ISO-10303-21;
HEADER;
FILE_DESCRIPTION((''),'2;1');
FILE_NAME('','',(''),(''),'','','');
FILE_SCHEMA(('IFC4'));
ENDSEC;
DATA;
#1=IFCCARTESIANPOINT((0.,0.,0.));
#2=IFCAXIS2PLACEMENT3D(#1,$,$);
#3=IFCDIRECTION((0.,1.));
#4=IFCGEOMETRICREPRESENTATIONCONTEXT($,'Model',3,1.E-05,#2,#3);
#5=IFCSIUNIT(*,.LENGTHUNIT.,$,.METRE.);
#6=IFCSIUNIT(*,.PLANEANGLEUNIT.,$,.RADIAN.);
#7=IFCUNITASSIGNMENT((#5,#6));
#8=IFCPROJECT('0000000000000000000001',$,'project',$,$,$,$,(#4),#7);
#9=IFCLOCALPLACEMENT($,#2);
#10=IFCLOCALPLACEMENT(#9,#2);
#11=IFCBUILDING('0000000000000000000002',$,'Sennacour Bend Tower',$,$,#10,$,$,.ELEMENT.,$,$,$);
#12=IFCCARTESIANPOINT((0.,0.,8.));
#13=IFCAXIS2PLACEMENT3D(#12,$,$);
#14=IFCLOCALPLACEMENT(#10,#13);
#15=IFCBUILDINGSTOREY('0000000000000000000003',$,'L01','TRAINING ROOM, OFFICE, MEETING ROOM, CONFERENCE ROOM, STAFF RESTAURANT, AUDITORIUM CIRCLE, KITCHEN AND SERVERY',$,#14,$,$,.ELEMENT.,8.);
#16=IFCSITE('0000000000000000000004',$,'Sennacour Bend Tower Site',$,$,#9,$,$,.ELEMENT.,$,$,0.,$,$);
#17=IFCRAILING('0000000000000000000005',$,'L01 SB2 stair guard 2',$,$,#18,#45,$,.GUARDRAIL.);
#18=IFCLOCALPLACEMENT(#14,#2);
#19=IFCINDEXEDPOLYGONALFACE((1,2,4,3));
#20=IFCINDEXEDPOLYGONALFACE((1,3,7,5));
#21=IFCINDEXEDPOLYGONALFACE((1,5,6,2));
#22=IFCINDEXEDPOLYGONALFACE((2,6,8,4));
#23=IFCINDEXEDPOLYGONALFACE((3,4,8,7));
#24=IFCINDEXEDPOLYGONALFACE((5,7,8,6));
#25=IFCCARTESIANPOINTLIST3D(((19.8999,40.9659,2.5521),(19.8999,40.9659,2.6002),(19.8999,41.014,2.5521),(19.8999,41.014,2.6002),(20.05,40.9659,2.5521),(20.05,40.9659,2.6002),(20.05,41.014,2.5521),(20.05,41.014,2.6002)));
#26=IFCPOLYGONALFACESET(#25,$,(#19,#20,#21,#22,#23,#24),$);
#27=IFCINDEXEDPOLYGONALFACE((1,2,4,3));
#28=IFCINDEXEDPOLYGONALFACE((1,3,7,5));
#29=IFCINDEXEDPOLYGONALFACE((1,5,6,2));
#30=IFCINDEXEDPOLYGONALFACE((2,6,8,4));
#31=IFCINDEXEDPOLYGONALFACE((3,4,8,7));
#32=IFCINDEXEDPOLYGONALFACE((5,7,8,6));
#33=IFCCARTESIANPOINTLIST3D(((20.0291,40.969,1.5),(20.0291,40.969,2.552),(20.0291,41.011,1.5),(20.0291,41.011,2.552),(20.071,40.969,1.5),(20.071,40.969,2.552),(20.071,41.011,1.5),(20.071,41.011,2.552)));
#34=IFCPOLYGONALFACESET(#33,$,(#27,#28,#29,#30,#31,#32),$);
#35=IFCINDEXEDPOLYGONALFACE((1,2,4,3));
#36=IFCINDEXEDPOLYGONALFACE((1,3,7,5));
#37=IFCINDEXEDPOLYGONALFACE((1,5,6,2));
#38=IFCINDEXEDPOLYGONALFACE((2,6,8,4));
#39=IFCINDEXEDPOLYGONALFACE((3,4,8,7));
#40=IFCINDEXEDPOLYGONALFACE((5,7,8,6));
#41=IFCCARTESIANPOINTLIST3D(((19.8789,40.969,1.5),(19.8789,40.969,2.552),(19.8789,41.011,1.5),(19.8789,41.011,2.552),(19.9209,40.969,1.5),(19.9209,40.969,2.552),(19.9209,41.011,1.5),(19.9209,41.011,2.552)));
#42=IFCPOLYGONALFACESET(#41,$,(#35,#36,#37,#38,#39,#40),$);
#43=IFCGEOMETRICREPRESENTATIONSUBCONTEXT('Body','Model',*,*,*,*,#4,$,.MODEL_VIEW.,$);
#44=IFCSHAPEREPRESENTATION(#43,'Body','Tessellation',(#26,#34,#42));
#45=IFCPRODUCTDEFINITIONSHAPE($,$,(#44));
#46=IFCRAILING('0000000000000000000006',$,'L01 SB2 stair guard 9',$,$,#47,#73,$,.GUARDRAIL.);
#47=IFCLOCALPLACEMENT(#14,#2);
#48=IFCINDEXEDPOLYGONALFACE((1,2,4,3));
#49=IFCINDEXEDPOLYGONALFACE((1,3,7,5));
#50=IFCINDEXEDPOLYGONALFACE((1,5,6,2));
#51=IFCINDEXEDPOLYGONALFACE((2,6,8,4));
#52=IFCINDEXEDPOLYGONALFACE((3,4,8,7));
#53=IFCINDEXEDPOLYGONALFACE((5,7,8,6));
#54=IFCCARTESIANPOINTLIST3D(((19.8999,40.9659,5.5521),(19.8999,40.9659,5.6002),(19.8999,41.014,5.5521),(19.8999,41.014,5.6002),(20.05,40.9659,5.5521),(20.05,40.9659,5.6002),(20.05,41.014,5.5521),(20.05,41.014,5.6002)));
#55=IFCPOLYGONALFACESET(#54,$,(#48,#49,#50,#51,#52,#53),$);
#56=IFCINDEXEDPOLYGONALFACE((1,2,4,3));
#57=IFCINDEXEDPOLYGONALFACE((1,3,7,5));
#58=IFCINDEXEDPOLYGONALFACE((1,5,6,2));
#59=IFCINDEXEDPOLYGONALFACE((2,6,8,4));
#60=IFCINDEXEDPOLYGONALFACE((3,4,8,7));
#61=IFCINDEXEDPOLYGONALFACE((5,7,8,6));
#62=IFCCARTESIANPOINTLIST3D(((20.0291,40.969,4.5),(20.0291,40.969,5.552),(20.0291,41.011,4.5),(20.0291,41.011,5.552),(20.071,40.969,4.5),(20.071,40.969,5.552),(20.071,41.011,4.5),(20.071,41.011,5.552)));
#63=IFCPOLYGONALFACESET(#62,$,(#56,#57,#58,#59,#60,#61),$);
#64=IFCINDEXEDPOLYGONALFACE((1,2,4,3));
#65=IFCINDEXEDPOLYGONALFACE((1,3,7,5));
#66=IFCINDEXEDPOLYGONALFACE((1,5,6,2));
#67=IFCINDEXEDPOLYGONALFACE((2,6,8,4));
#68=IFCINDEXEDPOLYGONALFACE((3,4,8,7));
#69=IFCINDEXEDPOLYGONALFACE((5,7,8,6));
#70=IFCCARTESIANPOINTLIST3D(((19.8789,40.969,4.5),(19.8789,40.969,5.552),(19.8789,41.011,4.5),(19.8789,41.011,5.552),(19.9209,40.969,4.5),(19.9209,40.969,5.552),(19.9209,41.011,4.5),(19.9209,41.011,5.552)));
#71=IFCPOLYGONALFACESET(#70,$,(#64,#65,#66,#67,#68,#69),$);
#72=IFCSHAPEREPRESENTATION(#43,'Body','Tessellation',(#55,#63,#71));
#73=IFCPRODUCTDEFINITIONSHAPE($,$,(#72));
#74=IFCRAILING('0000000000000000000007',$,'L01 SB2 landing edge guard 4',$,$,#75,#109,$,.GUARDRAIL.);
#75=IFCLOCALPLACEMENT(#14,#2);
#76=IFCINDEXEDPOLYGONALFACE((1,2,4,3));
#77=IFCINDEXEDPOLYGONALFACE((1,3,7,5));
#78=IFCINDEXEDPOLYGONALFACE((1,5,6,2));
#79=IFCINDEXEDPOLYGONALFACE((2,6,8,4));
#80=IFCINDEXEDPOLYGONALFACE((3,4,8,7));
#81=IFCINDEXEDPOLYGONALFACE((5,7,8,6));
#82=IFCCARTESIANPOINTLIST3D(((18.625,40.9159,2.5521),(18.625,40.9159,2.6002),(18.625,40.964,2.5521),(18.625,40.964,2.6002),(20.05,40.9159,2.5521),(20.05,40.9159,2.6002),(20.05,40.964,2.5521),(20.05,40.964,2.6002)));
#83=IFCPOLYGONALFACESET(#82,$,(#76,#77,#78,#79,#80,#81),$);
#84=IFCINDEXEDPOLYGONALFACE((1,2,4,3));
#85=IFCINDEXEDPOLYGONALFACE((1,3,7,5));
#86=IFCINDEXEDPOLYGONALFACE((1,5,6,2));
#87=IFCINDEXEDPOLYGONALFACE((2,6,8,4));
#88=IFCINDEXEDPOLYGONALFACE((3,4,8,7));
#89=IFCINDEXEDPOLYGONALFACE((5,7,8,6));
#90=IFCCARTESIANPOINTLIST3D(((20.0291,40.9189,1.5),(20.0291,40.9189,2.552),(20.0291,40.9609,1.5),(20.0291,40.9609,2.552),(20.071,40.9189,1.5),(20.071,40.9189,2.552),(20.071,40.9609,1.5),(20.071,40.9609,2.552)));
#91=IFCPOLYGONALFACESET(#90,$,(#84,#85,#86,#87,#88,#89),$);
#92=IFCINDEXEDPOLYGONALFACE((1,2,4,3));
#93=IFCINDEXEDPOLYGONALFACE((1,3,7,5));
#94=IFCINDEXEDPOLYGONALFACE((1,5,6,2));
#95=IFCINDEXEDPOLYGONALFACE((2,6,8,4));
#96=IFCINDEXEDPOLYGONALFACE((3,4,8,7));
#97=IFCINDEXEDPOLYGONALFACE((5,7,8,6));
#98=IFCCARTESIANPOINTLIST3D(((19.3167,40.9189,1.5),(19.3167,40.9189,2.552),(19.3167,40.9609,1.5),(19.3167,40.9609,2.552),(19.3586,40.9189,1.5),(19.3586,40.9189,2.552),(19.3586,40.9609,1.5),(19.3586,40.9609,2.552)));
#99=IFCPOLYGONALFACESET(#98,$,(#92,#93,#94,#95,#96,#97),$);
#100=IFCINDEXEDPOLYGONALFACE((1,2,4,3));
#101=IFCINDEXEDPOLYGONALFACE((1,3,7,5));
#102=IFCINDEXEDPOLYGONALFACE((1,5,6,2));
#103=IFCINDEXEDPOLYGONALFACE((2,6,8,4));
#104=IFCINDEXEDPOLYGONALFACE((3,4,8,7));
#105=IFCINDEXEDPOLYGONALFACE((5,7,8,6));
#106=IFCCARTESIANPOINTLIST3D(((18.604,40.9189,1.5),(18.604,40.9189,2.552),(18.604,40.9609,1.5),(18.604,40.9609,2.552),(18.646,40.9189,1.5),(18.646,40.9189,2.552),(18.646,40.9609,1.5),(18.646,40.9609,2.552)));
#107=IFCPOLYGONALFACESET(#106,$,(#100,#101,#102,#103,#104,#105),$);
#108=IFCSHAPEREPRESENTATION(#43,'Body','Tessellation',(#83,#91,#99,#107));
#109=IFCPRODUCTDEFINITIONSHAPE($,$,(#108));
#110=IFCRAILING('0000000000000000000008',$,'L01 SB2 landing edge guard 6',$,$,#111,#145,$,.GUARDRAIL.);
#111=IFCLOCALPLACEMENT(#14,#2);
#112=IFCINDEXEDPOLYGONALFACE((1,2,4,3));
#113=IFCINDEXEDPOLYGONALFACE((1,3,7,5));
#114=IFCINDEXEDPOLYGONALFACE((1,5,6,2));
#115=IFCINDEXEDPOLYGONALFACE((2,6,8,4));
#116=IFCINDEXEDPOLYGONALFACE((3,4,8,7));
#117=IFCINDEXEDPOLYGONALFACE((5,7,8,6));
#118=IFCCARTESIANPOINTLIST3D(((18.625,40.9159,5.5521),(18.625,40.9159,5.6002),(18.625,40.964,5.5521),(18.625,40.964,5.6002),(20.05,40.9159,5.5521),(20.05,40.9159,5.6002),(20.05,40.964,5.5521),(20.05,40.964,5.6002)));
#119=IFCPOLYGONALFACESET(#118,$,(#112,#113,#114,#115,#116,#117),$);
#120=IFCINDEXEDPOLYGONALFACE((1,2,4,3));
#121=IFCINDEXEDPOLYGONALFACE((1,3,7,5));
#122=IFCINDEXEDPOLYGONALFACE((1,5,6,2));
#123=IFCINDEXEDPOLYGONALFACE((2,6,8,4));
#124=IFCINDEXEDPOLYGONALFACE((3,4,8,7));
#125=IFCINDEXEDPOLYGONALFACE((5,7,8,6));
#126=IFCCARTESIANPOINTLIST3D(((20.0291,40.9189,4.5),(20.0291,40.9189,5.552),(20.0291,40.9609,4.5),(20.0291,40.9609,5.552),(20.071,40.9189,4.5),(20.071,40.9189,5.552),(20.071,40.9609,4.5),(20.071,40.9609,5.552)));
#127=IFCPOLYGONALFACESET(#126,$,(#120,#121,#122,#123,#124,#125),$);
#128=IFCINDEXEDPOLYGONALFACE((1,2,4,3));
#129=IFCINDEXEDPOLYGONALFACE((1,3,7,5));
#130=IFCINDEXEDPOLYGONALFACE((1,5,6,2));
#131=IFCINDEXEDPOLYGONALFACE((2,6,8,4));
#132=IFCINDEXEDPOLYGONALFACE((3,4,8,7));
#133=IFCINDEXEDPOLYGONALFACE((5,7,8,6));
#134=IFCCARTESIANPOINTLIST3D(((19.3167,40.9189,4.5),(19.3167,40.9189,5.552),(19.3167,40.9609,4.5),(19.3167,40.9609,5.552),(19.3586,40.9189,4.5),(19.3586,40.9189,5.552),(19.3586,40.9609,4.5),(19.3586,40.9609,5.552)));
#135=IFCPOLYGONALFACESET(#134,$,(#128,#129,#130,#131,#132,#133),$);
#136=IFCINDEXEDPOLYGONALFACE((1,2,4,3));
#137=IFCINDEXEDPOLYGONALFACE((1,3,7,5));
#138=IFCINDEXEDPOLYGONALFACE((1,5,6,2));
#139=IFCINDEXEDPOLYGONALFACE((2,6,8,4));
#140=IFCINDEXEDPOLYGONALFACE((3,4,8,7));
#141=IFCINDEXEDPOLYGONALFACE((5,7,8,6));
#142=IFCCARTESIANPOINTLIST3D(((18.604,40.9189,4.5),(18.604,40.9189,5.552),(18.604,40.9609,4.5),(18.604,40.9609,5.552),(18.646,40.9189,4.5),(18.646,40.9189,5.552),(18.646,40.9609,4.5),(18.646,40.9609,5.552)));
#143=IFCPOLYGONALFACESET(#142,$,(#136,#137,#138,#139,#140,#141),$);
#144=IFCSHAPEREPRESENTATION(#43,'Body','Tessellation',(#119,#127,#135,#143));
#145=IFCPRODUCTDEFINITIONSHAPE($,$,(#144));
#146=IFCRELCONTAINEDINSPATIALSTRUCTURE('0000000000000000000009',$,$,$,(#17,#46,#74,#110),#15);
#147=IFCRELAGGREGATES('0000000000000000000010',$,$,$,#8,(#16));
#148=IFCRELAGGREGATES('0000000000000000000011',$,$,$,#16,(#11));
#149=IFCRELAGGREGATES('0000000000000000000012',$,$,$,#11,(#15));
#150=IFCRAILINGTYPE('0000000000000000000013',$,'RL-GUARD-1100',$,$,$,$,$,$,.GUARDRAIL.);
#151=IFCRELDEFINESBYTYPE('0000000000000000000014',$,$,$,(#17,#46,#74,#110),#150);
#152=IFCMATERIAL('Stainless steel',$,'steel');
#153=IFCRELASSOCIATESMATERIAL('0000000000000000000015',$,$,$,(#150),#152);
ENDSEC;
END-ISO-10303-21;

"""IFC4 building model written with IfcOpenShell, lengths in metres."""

from ifc_helpers import new_model, si_unit, direction, frame, origin, origin_2d, place, context, subcontext, project, spatial, rectangle, extrude, material, type_object, element, save


model = new_model("IFC4")

# Units and contexts
model_context = context("Model", 3, precision=1e-05, world=origin(), true_north=direction((0.0, 1.0)))
body_context = subcontext(model_context, "Body", "Model", "MODEL_VIEW")
ifc_project = project(units=[si_unit("LENGTHUNIT", "METRE"), si_unit("PLANEANGLEUNIT", "RADIAN")], contexts=[model_context])

# Site, building, storey
site_placement = place(None, origin())
site = spatial("IfcSite", under=ifc_project, at=site_placement, Name="Sennacour Bend Tower Site", CompositionType="ELEMENT", RefElevation=0.0)
building_placement = place(site_placement, origin())
building = spatial("IfcBuilding", under=site, at=building_placement, Name="Sennacour Bend Tower", CompositionType="ELEMENT")
storey_placement = place(building_placement, frame((0.0, 0.0, 8.0)))
storey = spatial("IfcBuildingStorey", under=building, at=storey_placement, Name="L01", Description="TRAINING ROOM, OFFICE, MEETING ROOM, CONFERENCE ROOM, STAFF RESTAURANT, AUDITORIUM CIRCLE, KITCHEN AND SERVERY", CompositionType="ELEMENT", Elevation=8.0)

# Railings
ifc_material_1 = material(Name="Stainless steel", Category="steel")
railing_type = type_object("IfcRailingType", Name="RL-GUARD-1100", PredefinedType="GUARDRAIL", material=ifc_material_1)
for number, where, name in (
    (1, (20.05, 40.99, 1.5), "L01 SB2 stair guard 2"),
    (2, (20.05, 40.99, 4.5), "L01 SB2 stair guard 9"),
):
    element("IfcRailing", number, at=place(storey_placement, frame(where)), inside=storey, type_object=railing_type, Name=name, PredefinedType="GUARDRAIL", context=body_context, shape_type="SweptSolid", body=[
        extrude(rectangle(XDim=0.0481, YDim=0.0481, at=origin_2d()), frame((0.0, 0.0, 1.0762), z_axis=(-1.0, 0.0, 0.0), x_axis=(0.0, -1.0, 0.0)), (0.0, 0.0, 1.0), 0.1501),
        extrude(rectangle(XDim=0.042, YDim=0.042, at=origin_2d()), origin(), (0.0, 0.0, 1.0), 1.052),
        extrude(rectangle(XDim=0.042, YDim=0.042, at=origin_2d()), frame((-0.1501, 0.0, 0.0)), (0.0, 0.0, 1.0), 1.052),
    ])
for number, where, name in (
    (3, (20.05, 40.9399, 1.5), "L01 SB2 landing edge guard 4"),
    (4, (20.05, 40.9399, 4.5), "L01 SB2 landing edge guard 6"),
):
    element("IfcRailing", number, at=place(storey_placement, frame(where)), inside=storey, type_object=railing_type, Name=name, PredefinedType="GUARDRAIL", context=body_context, shape_type="SweptSolid", body=[
        extrude(rectangle(XDim=0.0481, YDim=0.0481, at=origin_2d()), frame((0.0, 0.0, 1.0762), z_axis=(-1.0, 0.0, 0.0), x_axis=(0.0, -1.0, 0.0)), (0.0, 0.0, 1.0), 1.425),
        extrude(rectangle(XDim=0.042, YDim=0.042, at=origin_2d()), origin(), (0.0, 0.0, 1.0), 1.052),
        extrude(rectangle(XDim=0.042, YDim=0.042, at=origin_2d()), frame((-0.7124, 0.0, 0.0)), (0.0, 0.0, 1.0), 1.052),
        extrude(rectangle(XDim=0.042, YDim=0.042, at=origin_2d()), frame((-1.425, 0.0, 0.0)), (0.0, 0.0, 1.0), 1.052),
    ])

save(model, "model.ifc")
